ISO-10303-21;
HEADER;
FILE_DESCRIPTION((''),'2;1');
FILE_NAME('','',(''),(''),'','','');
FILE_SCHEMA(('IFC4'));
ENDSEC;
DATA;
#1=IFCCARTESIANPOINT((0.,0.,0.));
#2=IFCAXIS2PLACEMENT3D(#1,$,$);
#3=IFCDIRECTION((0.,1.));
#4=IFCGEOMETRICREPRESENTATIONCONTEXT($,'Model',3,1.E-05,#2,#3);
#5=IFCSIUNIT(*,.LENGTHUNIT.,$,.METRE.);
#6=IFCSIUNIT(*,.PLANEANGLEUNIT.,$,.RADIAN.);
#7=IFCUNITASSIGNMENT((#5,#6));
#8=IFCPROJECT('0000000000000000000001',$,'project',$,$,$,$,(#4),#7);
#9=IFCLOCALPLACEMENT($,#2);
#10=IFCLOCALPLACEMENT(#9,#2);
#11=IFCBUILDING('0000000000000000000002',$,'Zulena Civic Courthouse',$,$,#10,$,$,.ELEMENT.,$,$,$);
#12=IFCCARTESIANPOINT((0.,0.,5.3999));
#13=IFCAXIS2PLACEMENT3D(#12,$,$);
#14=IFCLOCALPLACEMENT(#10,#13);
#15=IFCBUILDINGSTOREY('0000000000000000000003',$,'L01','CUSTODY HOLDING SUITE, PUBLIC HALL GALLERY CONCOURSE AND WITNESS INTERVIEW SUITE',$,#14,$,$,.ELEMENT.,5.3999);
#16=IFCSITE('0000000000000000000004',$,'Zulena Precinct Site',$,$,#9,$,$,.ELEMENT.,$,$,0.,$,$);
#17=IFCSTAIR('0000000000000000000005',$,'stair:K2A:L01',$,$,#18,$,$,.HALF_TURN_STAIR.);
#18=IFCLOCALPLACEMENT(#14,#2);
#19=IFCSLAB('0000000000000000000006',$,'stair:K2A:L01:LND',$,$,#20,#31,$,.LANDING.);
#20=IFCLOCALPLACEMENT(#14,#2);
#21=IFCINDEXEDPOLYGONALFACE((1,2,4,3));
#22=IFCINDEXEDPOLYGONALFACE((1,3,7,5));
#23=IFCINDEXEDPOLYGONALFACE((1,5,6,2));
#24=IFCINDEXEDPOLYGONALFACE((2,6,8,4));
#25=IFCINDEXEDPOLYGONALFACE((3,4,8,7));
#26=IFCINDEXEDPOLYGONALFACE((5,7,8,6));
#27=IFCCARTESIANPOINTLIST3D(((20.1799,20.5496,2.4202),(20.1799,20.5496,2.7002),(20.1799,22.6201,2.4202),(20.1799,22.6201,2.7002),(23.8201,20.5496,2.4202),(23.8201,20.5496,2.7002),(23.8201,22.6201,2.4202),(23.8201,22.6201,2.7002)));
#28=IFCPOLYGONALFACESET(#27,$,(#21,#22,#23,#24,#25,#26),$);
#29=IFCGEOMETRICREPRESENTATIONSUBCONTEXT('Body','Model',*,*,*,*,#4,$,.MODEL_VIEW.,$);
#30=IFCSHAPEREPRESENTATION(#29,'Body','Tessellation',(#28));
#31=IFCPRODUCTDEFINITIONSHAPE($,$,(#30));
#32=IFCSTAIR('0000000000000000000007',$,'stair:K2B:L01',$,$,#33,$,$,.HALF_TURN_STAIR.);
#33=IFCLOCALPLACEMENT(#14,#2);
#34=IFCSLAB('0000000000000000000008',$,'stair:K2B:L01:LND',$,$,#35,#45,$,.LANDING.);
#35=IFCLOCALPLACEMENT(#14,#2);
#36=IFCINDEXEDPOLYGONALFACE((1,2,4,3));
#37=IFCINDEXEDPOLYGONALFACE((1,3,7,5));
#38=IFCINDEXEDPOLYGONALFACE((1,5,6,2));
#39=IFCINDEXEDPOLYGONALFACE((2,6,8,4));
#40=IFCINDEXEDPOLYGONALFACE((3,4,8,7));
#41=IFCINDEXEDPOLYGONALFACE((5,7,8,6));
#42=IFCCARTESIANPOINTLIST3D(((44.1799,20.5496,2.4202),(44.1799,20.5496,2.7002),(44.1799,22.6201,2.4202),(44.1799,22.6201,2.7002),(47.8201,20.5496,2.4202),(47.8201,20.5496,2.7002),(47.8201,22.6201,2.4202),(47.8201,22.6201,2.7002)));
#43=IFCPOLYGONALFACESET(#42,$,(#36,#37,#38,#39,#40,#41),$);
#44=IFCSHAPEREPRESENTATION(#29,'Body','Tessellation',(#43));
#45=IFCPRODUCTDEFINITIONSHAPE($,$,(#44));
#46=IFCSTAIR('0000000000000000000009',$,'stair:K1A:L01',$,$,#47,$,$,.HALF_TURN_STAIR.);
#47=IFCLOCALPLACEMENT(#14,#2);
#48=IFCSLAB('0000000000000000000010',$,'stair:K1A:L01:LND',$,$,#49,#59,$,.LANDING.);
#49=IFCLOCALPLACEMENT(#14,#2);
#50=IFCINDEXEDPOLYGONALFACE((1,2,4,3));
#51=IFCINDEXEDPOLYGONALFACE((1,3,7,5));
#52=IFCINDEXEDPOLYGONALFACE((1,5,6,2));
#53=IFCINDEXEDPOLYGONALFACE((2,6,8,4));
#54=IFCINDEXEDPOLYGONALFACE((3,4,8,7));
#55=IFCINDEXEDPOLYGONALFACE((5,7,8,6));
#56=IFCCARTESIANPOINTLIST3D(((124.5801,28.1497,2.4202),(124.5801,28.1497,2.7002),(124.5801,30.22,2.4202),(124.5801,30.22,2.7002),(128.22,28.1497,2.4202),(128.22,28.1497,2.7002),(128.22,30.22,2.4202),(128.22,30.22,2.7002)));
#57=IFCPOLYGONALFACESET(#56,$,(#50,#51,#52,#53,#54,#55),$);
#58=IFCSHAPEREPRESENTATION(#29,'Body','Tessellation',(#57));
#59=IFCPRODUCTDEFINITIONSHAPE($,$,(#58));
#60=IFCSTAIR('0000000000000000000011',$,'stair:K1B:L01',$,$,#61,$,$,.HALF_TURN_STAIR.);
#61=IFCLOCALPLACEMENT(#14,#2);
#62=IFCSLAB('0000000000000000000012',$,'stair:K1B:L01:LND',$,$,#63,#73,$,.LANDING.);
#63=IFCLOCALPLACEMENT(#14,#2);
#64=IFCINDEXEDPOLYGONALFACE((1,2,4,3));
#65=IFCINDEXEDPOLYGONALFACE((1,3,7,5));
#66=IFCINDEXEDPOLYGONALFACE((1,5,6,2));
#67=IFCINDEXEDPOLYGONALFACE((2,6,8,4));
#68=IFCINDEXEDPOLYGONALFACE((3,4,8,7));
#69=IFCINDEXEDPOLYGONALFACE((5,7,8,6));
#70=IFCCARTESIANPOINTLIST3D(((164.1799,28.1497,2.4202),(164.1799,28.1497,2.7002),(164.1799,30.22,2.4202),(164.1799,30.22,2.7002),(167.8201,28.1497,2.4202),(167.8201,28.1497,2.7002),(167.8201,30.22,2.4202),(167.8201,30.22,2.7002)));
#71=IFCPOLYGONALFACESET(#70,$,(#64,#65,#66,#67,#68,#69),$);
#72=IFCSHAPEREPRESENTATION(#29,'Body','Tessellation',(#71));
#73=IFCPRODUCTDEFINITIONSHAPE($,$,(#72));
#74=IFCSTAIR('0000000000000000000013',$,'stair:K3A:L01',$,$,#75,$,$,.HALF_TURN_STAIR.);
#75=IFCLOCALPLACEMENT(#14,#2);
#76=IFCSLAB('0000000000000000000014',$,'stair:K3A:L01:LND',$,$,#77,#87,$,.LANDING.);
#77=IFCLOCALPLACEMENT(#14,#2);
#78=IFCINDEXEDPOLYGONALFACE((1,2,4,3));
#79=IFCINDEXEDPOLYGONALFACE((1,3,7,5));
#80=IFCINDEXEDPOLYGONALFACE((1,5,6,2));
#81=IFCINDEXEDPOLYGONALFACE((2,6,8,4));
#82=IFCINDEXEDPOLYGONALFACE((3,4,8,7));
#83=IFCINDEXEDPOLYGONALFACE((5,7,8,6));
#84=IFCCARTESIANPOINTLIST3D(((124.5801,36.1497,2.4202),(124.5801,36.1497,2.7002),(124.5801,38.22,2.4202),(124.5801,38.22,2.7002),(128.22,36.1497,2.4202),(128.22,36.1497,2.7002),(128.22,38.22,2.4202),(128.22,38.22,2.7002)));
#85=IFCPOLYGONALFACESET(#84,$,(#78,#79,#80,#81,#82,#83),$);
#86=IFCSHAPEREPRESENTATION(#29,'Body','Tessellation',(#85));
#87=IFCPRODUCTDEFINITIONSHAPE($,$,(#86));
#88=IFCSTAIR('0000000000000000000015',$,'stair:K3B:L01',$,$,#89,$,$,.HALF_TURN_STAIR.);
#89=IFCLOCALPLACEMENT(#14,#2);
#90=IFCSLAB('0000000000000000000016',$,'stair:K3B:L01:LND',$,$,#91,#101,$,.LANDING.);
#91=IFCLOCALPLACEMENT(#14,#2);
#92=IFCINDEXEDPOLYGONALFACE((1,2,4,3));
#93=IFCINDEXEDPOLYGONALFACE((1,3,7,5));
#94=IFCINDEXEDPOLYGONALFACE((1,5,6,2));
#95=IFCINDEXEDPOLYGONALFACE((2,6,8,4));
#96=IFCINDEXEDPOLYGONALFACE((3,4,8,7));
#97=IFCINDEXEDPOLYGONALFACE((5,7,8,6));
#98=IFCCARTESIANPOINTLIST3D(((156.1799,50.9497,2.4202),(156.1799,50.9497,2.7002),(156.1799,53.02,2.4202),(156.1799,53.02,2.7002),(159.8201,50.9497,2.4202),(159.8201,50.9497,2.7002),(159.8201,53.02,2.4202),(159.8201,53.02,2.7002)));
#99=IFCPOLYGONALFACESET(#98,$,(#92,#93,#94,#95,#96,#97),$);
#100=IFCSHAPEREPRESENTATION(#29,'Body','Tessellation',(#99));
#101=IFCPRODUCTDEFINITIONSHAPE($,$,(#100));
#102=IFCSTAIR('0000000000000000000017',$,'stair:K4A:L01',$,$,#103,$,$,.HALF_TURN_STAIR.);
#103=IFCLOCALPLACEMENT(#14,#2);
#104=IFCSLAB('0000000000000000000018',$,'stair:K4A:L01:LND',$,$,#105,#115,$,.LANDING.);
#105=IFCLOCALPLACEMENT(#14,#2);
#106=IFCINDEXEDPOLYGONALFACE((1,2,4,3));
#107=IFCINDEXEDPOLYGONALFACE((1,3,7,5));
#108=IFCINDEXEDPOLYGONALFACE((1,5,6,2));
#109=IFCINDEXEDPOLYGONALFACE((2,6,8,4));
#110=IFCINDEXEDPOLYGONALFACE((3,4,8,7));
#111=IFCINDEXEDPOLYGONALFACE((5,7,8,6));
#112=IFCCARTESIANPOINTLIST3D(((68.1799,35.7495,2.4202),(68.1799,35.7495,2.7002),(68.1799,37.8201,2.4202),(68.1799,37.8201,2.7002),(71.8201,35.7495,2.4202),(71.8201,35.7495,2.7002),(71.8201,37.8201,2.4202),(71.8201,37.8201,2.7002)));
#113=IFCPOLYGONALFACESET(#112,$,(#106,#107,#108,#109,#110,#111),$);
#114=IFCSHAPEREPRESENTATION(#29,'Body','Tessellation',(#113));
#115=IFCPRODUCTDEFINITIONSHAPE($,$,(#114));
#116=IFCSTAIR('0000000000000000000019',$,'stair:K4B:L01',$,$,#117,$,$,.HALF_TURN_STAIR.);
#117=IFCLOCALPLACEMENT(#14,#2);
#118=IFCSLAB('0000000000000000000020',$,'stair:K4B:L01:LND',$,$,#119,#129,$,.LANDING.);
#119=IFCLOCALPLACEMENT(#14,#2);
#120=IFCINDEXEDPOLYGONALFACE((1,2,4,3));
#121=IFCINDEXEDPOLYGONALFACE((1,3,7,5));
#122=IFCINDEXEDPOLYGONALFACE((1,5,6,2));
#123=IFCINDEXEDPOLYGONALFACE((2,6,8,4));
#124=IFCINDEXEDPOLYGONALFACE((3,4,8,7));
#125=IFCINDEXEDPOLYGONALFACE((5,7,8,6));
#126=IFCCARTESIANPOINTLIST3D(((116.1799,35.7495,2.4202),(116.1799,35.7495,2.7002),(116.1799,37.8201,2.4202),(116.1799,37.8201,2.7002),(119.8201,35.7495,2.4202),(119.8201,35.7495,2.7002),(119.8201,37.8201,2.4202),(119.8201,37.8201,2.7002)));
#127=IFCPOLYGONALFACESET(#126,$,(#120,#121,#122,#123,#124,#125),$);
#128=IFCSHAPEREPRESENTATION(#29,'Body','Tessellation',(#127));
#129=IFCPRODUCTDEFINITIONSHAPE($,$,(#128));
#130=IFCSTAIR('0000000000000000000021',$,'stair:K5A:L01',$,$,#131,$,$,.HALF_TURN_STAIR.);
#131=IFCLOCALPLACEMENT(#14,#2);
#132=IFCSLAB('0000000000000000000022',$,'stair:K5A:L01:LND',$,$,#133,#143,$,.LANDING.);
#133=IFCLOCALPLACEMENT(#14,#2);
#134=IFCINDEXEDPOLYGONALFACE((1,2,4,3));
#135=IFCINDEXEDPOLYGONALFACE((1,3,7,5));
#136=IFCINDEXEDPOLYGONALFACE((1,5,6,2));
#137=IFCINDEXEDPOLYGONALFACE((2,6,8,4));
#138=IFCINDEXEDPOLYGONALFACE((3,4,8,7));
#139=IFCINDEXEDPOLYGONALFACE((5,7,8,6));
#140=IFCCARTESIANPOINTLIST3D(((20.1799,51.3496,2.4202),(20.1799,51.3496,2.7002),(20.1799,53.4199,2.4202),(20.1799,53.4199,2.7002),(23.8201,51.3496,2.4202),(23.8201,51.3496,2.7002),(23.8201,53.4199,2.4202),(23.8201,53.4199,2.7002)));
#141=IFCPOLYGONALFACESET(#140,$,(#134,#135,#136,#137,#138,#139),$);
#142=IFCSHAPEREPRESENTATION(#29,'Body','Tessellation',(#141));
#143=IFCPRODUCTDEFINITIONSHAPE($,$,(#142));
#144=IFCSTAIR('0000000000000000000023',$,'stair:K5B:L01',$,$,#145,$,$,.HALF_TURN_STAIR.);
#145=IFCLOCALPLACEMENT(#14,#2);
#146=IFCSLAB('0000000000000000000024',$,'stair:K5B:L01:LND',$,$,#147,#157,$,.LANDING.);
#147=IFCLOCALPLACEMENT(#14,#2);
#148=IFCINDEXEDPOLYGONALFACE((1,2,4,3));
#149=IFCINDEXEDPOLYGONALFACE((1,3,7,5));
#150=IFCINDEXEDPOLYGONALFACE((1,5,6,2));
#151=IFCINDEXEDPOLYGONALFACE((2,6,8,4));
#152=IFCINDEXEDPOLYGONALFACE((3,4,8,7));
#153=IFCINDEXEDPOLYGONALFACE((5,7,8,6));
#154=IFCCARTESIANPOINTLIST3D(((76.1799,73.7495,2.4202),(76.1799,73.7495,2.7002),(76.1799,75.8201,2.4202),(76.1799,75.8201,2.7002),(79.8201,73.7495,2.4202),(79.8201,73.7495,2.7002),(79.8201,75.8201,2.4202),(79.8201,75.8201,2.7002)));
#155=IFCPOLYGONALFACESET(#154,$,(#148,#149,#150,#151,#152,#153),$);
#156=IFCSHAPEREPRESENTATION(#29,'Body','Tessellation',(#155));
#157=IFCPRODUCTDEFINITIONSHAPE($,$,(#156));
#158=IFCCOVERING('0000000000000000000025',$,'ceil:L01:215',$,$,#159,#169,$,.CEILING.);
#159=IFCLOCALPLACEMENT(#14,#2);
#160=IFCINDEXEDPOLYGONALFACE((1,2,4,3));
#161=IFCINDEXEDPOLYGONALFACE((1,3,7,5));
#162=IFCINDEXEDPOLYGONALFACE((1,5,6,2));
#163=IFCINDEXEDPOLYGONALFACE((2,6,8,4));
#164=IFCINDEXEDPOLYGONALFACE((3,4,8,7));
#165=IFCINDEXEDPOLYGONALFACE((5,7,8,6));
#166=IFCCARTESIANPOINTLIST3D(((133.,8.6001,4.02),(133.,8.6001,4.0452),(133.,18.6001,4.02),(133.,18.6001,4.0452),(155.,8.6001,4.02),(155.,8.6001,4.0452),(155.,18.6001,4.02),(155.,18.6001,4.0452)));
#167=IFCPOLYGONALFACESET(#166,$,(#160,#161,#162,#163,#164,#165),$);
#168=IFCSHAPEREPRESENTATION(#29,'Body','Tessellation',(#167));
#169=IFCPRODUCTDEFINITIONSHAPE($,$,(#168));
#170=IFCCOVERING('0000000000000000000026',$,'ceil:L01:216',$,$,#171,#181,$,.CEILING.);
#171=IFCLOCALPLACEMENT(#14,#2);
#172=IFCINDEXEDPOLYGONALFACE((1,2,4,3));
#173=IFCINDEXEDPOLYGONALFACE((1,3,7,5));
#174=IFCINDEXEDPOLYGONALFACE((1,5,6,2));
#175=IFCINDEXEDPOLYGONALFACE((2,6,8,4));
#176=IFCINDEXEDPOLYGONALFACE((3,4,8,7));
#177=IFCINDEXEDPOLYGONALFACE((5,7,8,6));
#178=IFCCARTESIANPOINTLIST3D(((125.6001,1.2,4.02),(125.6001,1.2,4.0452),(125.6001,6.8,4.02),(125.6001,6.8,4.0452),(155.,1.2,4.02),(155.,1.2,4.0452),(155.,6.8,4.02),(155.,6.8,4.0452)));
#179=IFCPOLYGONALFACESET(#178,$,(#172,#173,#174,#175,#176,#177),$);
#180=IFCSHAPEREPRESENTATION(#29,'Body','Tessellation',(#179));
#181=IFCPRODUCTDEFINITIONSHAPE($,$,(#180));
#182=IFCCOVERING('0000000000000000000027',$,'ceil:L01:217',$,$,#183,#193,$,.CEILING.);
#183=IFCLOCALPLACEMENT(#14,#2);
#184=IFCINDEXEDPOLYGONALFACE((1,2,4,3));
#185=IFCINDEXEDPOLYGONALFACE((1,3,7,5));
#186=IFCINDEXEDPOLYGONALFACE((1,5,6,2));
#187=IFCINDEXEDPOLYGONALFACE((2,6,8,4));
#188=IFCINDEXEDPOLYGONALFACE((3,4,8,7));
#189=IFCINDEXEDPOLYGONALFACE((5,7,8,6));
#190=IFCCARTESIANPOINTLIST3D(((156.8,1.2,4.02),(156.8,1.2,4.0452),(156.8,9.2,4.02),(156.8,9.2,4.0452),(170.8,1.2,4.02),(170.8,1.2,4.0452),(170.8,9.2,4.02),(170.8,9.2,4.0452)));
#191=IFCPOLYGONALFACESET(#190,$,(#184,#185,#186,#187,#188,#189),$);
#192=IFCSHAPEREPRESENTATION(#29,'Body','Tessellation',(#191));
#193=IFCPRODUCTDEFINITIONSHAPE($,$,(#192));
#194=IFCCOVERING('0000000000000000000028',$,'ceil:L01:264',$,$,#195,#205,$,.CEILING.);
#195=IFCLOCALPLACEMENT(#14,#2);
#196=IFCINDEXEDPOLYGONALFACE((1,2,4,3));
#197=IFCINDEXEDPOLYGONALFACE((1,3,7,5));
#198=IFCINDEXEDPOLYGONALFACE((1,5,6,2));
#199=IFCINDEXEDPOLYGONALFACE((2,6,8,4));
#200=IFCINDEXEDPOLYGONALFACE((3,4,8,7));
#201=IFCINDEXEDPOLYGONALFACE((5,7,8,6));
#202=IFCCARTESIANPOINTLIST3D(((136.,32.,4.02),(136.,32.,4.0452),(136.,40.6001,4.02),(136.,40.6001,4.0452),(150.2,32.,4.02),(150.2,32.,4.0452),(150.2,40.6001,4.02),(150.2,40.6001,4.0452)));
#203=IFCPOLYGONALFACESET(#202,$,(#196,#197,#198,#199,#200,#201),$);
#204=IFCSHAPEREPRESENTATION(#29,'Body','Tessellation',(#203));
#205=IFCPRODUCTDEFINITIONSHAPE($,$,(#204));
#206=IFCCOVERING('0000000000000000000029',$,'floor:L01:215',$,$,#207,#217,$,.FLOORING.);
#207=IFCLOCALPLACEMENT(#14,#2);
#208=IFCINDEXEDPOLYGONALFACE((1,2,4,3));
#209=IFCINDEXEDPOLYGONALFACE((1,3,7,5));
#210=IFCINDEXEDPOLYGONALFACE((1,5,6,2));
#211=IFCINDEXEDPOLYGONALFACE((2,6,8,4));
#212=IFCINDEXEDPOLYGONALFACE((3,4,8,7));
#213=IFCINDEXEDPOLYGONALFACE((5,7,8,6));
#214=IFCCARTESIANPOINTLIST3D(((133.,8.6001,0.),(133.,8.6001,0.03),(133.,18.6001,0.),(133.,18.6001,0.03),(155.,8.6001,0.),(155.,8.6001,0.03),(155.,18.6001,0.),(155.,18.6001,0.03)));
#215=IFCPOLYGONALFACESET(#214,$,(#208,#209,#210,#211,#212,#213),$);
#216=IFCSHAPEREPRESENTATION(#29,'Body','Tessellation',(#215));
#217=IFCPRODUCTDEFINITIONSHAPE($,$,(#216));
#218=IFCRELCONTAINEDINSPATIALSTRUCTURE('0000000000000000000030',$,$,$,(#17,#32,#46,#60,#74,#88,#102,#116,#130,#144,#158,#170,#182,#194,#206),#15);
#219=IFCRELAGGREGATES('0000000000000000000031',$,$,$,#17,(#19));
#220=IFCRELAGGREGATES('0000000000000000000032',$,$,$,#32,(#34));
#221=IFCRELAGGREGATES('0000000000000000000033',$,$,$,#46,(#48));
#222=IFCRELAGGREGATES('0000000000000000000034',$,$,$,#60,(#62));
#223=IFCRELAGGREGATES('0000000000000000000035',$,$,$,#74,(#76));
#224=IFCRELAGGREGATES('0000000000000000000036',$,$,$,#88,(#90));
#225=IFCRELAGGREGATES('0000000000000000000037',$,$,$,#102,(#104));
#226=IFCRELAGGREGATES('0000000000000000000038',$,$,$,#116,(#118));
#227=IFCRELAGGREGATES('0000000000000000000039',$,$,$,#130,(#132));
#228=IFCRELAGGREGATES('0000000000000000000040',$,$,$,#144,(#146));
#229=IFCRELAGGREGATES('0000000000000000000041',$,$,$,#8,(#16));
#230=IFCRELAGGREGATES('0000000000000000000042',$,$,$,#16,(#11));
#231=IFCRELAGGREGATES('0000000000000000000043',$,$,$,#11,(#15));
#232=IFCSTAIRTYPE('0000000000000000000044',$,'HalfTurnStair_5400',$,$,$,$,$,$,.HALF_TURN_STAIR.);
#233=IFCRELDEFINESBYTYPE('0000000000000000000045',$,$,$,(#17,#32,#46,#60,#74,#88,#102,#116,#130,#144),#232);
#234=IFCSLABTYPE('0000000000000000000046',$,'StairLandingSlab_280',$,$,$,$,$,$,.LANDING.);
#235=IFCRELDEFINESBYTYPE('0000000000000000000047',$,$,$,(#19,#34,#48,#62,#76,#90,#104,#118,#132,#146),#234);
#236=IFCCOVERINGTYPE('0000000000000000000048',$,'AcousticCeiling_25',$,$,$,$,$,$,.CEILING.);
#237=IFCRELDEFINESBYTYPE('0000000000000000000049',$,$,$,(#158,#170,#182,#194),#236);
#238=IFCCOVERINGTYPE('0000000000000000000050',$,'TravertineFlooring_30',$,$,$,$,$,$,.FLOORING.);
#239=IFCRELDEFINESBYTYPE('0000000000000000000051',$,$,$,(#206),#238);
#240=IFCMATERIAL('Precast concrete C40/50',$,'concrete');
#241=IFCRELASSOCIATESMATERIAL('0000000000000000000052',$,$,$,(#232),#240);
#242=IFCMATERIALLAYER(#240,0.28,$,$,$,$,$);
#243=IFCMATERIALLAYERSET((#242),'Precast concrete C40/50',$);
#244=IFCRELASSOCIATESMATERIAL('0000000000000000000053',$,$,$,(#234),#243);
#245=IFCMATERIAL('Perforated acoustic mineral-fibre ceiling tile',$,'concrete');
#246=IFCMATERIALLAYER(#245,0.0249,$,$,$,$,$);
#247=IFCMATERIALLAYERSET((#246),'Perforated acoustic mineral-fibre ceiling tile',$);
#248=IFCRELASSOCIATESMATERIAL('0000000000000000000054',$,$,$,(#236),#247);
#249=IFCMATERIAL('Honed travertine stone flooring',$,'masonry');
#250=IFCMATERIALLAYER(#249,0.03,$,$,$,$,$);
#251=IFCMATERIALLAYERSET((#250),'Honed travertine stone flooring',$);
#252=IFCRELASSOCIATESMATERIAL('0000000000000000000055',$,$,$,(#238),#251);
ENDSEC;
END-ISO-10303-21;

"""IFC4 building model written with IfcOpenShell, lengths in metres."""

from ifc_helpers import new_model, si_unit, direction, frame, origin, place, context, subcontext, project, spatial, polyline, outline, extrude, material, layer, layer_set, type_object, element, aggregate, save


model = new_model("IFC4")

# Units and contexts
model_context = context("Model", 3, precision=1e-05, world=origin(), true_north=direction((0.0, 1.0)))
body_context = subcontext(model_context, "Body", "Model", "MODEL_VIEW")
ifc_project = project(units=[si_unit("LENGTHUNIT", "METRE"), si_unit("PLANEANGLEUNIT", "RADIAN")], contexts=[model_context])

# Site, building, storey
site_placement = place(None, origin())
site = spatial("IfcSite", under=ifc_project, at=site_placement, Name="Zulena Precinct Site", CompositionType="ELEMENT", RefElevation=0.0)
building_placement = place(site_placement, origin())
building = spatial("IfcBuilding", under=site, at=building_placement, Name="Zulena Civic Courthouse", CompositionType="ELEMENT")
storey_placement = place(building_placement, frame((0.0, 0.0, 5.3999)))
storey = spatial("IfcBuildingStorey", under=building, at=storey_placement, Name="L01", Description="CUSTODY HOLDING SUITE, PUBLIC HALL GALLERY CONCOURSE AND WITNESS INTERVIEW SUITE", CompositionType="ELEMENT", Elevation=5.3999)

# Stairs, slabs
ifc_material_1 = material(Name="Precast concrete C40/50", Category="concrete")
stair_type = type_object("IfcStairType", Name="HalfTurnStair_5400", PredefinedType="HALF_TURN_STAIR", material=ifc_material_1)
stair_1_placement = place(storey_placement, origin())
stair_1 = element("IfcStair", 1, at=stair_1_placement, inside=storey, type_object=stair_type, Name="stair:K2A:L01", PredefinedType="HALF_TURN_STAIR")
ifc_layer_1 = layer(ifc_material_1, 0.28)
ifc_layer_set_1 = layer_set([ifc_layer_1], Name="Precast concrete C40/50")
slab_type_1 = type_object("IfcSlabType", Name="StairLandingSlab_280", PredefinedType="LANDING", material=ifc_layer_set_1)
slab_1_placement = place(storey_placement, frame((0.0, 0.0, 2.4202)))
slab_1 = element("IfcSlab", 2, at=slab_1_placement, type_object=slab_type_1, Name="stair:K2A:L01:LND", PredefinedType="LANDING", context=body_context, shape_type="SweptSolid", body=[
    extrude(outline(polyline([(20.1799, 20.5496), (23.8201, 20.5496), (23.8201, 22.6201), (20.1799, 22.6201), (20.1799, 20.5496)])), origin(), (0.0, 0.0, 1.0), 0.28),
])
aggregate(stair_1, [slab_1])
stair_2_placement = place(storey_placement, origin())
stair_2 = element("IfcStair", 3, at=stair_2_placement, inside=storey, type_object=stair_type, Name="stair:K2B:L01", PredefinedType="HALF_TURN_STAIR")
slab_2_placement = place(storey_placement, frame((0.0, 0.0, 2.4202)))
slab_2 = element("IfcSlab", 4, at=slab_2_placement, type_object=slab_type_1, Name="stair:K2B:L01:LND", PredefinedType="LANDING", context=body_context, shape_type="SweptSolid", body=[
    extrude(outline(polyline([(44.1799, 20.5496), (47.8201, 20.5496), (47.8201, 22.6201), (44.1799, 22.6201), (44.1799, 20.5496)])), origin(), (0.0, 0.0, 1.0), 0.28),
])
aggregate(stair_2, [slab_2])
stair_3_placement = place(storey_placement, origin())
stair_3 = element("IfcStair", 5, at=stair_3_placement, inside=storey, type_object=stair_type, Name="stair:K1A:L01", PredefinedType="HALF_TURN_STAIR")
slab_3_placement = place(storey_placement, frame((0.0, 0.0, 2.4202)))
slab_3 = element("IfcSlab", 6, at=slab_3_placement, type_object=slab_type_1, Name="stair:K1A:L01:LND", PredefinedType="LANDING", context=body_context, shape_type="SweptSolid", body=[
    extrude(outline(polyline([(124.5801, 28.1497), (128.22, 28.1497), (128.22, 30.22), (124.5801, 30.22), (124.5801, 28.1497)])), origin(), (0.0, 0.0, 1.0), 0.28),
])
aggregate(stair_3, [slab_3])
stair_4_placement = place(storey_placement, origin())
stair_4 = element("IfcStair", 7, at=stair_4_placement, inside=storey, type_object=stair_type, Name="stair:K1B:L01", PredefinedType="HALF_TURN_STAIR")
slab_4_placement = place(storey_placement, frame((0.0, 0.0, 2.4202)))
slab_4 = element("IfcSlab", 8, at=slab_4_placement, type_object=slab_type_1, Name="stair:K1B:L01:LND", PredefinedType="LANDING", context=body_context, shape_type="SweptSolid", body=[
    extrude(outline(polyline([(164.1799, 28.1497), (167.8201, 28.1497), (167.8201, 30.22), (164.1799, 30.22), (164.1799, 28.1497)])), origin(), (0.0, 0.0, 1.0), 0.28),
])
aggregate(stair_4, [slab_4])
stair_5_placement = place(storey_placement, origin())
stair_5 = element("IfcStair", 9, at=stair_5_placement, inside=storey, type_object=stair_type, Name="stair:K3A:L01", PredefinedType="HALF_TURN_STAIR")
slab_5_placement = place(storey_placement, frame((0.0, 0.0, 2.4202)))
slab_5 = element("IfcSlab", 10, at=slab_5_placement, type_object=slab_type_1, Name="stair:K3A:L01:LND", PredefinedType="LANDING", context=body_context, shape_type="SweptSolid", body=[
    extrude(outline(polyline([(124.5801, 36.1497), (128.22, 36.1497), (128.22, 38.22), (124.5801, 38.22), (124.5801, 36.1497)])), origin(), (0.0, 0.0, 1.0), 0.28),
])
aggregate(stair_5, [slab_5])
stair_6_placement = place(storey_placement, origin())
stair_6 = element("IfcStair", 11, at=stair_6_placement, inside=storey, type_object=stair_type, Name="stair:K3B:L01", PredefinedType="HALF_TURN_STAIR")
slab_6_placement = place(storey_placement, frame((0.0, 0.0, 2.4202)))
slab_6 = element("IfcSlab", 12, at=slab_6_placement, type_object=slab_type_1, Name="stair:K3B:L01:LND", PredefinedType="LANDING", context=body_context, shape_type="SweptSolid", body=[
    extrude(outline(polyline([(156.1799, 50.9497), (159.8201, 50.9497), (159.8201, 53.02), (156.1799, 53.02), (156.1799, 50.9497)])), origin(), (0.0, 0.0, 1.0), 0.28),
])
aggregate(stair_6, [slab_6])
stair_7_placement = place(storey_placement, origin())
stair_7 = element("IfcStair", 13, at=stair_7_placement, inside=storey, type_object=stair_type, Name="stair:K4A:L01", PredefinedType="HALF_TURN_STAIR")
slab_7_placement = place(storey_placement, frame((0.0, 0.0, 2.4202)))
slab_7 = element("IfcSlab", 14, at=slab_7_placement, type_object=slab_type_1, Name="stair:K4A:L01:LND", PredefinedType="LANDING", context=body_context, shape_type="SweptSolid", body=[
    extrude(outline(polyline([(68.1799, 35.7495), (71.8201, 35.7495), (71.8201, 37.8201), (68.1799, 37.8201), (68.1799, 35.7495)])), origin(), (0.0, 0.0, 1.0), 0.28),
])
aggregate(stair_7, [slab_7])
stair_8_placement = place(storey_placement, origin())
stair_8 = element("IfcStair", 15, at=stair_8_placement, inside=storey, type_object=stair_type, Name="stair:K4B:L01", PredefinedType="HALF_TURN_STAIR")
slab_8_placement = place(storey_placement, frame((0.0, 0.0, 2.4202)))
slab_8 = element("IfcSlab", 16, at=slab_8_placement, type_object=slab_type_1, Name="stair:K4B:L01:LND", PredefinedType="LANDING", context=body_context, shape_type="SweptSolid", body=[
    extrude(outline(polyline([(116.1799, 35.7495), (119.8201, 35.7495), (119.8201, 37.8201), (116.1799, 37.8201), (116.1799, 35.7495)])), origin(), (0.0, 0.0, 1.0), 0.28),
])
aggregate(stair_8, [slab_8])
stair_9_placement = place(storey_placement, origin())
stair_9 = element("IfcStair", 17, at=stair_9_placement, inside=storey, type_object=stair_type, Name="stair:K5A:L01", PredefinedType="HALF_TURN_STAIR")
slab_9_placement = place(storey_placement, frame((0.0, 0.0, 2.4202)))
slab_9 = element("IfcSlab", 18, at=slab_9_placement, type_object=slab_type_1, Name="stair:K5A:L01:LND", PredefinedType="LANDING", context=body_context, shape_type="SweptSolid", body=[
    extrude(outline(polyline([(20.1799, 51.3496), (23.8201, 51.3496), (23.8201, 53.4199), (20.1799, 53.4199), (20.1799, 51.3496)])), origin(), (0.0, 0.0, 1.0), 0.28),
])
aggregate(stair_9, [slab_9])
stair_10_placement = place(storey_placement, origin())
stair_10 = element("IfcStair", 19, at=stair_10_placement, inside=storey, type_object=stair_type, Name="stair:K5B:L01", PredefinedType="HALF_TURN_STAIR")
slab_10_placement = place(storey_placement, frame((0.0, 0.0, 2.4202)))
slab_10 = element("IfcSlab", 20, at=slab_10_placement, type_object=slab_type_1, Name="stair:K5B:L01:LND", PredefinedType="LANDING", context=body_context, shape_type="SweptSolid", body=[
    extrude(outline(polyline([(76.1799, 73.7495), (79.8201, 73.7495), (79.8201, 75.8201), (76.1799, 75.8201), (76.1799, 73.7495)])), origin(), (0.0, 0.0, 1.0), 0.28),
])
aggregate(stair_10, [slab_10])

# Coverings
ifc_material_2 = material(Name="Perforated acoustic mineral-fibre ceiling tile", Category="concrete")
ifc_layer_2 = layer(ifc_material_2, 0.0249)
ifc_layer_set_2 = layer_set([ifc_layer_2], Name="Perforated acoustic mineral-fibre ceiling tile")
covering_type_1 = type_object("IfcCoveringType", Name="AcousticCeiling_25", PredefinedType="CEILING", material=ifc_layer_set_2)
covering_1_placement = place(storey_placement, frame((0.0, 0.0, 4.02)))
element("IfcCovering", 21, at=covering_1_placement, inside=storey, type_object=covering_type_1, Name="ceil:L01:215", PredefinedType="CEILING", context=body_context, shape_type="SweptSolid", body=[
    extrude(outline(polyline([(133.0, 8.6001), (155.0, 8.6001), (155.0, 18.6001), (133.0, 18.6001), (133.0, 8.6001)])), origin(), (0.0, 0.0, 1.0), 0.0251),
])
covering_2_placement = place(storey_placement, frame((0.0, 0.0, 4.02)))
element("IfcCovering", 22, at=covering_2_placement, inside=storey, type_object=covering_type_1, Name="ceil:L01:216", PredefinedType="CEILING", context=body_context, shape_type="SweptSolid", body=[
    extrude(outline(polyline([(125.6001, 1.2), (155.0, 1.2), (155.0, 6.8), (125.6001, 6.8), (125.6001, 1.2)])), origin(), (0.0, 0.0, 1.0), 0.0251),
])
covering_3_placement = place(storey_placement, frame((0.0, 0.0, 4.02)))
element("IfcCovering", 23, at=covering_3_placement, inside=storey, type_object=covering_type_1, Name="ceil:L01:217", PredefinedType="CEILING", context=body_context, shape_type="SweptSolid", body=[
    extrude(outline(polyline([(156.8, 1.2), (170.8, 1.2), (170.8, 9.2), (156.8, 9.2), (156.8, 1.2)])), origin(), (0.0, 0.0, 1.0), 0.0251),
])
covering_4_placement = place(storey_placement, frame((0.0, 0.0, 4.02)))
element("IfcCovering", 24, at=covering_4_placement, inside=storey, type_object=covering_type_1, Name="ceil:L01:264", PredefinedType="CEILING", context=body_context, shape_type="SweptSolid", body=[
    extrude(outline(polyline([(136.0, 32.0), (150.2, 32.0), (150.2, 40.6001), (136.0, 40.6001), (136.0, 32.0)])), origin(), (0.0, 0.0, 1.0), 0.0251),
])
ifc_material_3 = material(Name="Honed travertine stone flooring", Category="masonry")
ifc_layer_3 = layer(ifc_material_3, 0.03)
ifc_layer_set_3 = layer_set([ifc_layer_3], Name="Honed travertine stone flooring")
covering_type_2 = type_object("IfcCoveringType", Name="TravertineFlooring_30", PredefinedType="FLOORING", material=ifc_layer_set_3)
covering_5_placement = place(storey_placement, origin())
element("IfcCovering", 25, at=covering_5_placement, inside=storey, type_object=covering_type_2, Name="floor:L01:215", PredefinedType="FLOORING", context=body_context, shape_type="SweptSolid", body=[
    extrude(outline(polyline([(133.0, 8.6001), (155.0, 8.6001), (155.0, 18.6001), (133.0, 18.6001), (133.0, 8.6001)])), origin(), (0.0, 0.0, 1.0), 0.03),
])

save(model, "model.ifc")
